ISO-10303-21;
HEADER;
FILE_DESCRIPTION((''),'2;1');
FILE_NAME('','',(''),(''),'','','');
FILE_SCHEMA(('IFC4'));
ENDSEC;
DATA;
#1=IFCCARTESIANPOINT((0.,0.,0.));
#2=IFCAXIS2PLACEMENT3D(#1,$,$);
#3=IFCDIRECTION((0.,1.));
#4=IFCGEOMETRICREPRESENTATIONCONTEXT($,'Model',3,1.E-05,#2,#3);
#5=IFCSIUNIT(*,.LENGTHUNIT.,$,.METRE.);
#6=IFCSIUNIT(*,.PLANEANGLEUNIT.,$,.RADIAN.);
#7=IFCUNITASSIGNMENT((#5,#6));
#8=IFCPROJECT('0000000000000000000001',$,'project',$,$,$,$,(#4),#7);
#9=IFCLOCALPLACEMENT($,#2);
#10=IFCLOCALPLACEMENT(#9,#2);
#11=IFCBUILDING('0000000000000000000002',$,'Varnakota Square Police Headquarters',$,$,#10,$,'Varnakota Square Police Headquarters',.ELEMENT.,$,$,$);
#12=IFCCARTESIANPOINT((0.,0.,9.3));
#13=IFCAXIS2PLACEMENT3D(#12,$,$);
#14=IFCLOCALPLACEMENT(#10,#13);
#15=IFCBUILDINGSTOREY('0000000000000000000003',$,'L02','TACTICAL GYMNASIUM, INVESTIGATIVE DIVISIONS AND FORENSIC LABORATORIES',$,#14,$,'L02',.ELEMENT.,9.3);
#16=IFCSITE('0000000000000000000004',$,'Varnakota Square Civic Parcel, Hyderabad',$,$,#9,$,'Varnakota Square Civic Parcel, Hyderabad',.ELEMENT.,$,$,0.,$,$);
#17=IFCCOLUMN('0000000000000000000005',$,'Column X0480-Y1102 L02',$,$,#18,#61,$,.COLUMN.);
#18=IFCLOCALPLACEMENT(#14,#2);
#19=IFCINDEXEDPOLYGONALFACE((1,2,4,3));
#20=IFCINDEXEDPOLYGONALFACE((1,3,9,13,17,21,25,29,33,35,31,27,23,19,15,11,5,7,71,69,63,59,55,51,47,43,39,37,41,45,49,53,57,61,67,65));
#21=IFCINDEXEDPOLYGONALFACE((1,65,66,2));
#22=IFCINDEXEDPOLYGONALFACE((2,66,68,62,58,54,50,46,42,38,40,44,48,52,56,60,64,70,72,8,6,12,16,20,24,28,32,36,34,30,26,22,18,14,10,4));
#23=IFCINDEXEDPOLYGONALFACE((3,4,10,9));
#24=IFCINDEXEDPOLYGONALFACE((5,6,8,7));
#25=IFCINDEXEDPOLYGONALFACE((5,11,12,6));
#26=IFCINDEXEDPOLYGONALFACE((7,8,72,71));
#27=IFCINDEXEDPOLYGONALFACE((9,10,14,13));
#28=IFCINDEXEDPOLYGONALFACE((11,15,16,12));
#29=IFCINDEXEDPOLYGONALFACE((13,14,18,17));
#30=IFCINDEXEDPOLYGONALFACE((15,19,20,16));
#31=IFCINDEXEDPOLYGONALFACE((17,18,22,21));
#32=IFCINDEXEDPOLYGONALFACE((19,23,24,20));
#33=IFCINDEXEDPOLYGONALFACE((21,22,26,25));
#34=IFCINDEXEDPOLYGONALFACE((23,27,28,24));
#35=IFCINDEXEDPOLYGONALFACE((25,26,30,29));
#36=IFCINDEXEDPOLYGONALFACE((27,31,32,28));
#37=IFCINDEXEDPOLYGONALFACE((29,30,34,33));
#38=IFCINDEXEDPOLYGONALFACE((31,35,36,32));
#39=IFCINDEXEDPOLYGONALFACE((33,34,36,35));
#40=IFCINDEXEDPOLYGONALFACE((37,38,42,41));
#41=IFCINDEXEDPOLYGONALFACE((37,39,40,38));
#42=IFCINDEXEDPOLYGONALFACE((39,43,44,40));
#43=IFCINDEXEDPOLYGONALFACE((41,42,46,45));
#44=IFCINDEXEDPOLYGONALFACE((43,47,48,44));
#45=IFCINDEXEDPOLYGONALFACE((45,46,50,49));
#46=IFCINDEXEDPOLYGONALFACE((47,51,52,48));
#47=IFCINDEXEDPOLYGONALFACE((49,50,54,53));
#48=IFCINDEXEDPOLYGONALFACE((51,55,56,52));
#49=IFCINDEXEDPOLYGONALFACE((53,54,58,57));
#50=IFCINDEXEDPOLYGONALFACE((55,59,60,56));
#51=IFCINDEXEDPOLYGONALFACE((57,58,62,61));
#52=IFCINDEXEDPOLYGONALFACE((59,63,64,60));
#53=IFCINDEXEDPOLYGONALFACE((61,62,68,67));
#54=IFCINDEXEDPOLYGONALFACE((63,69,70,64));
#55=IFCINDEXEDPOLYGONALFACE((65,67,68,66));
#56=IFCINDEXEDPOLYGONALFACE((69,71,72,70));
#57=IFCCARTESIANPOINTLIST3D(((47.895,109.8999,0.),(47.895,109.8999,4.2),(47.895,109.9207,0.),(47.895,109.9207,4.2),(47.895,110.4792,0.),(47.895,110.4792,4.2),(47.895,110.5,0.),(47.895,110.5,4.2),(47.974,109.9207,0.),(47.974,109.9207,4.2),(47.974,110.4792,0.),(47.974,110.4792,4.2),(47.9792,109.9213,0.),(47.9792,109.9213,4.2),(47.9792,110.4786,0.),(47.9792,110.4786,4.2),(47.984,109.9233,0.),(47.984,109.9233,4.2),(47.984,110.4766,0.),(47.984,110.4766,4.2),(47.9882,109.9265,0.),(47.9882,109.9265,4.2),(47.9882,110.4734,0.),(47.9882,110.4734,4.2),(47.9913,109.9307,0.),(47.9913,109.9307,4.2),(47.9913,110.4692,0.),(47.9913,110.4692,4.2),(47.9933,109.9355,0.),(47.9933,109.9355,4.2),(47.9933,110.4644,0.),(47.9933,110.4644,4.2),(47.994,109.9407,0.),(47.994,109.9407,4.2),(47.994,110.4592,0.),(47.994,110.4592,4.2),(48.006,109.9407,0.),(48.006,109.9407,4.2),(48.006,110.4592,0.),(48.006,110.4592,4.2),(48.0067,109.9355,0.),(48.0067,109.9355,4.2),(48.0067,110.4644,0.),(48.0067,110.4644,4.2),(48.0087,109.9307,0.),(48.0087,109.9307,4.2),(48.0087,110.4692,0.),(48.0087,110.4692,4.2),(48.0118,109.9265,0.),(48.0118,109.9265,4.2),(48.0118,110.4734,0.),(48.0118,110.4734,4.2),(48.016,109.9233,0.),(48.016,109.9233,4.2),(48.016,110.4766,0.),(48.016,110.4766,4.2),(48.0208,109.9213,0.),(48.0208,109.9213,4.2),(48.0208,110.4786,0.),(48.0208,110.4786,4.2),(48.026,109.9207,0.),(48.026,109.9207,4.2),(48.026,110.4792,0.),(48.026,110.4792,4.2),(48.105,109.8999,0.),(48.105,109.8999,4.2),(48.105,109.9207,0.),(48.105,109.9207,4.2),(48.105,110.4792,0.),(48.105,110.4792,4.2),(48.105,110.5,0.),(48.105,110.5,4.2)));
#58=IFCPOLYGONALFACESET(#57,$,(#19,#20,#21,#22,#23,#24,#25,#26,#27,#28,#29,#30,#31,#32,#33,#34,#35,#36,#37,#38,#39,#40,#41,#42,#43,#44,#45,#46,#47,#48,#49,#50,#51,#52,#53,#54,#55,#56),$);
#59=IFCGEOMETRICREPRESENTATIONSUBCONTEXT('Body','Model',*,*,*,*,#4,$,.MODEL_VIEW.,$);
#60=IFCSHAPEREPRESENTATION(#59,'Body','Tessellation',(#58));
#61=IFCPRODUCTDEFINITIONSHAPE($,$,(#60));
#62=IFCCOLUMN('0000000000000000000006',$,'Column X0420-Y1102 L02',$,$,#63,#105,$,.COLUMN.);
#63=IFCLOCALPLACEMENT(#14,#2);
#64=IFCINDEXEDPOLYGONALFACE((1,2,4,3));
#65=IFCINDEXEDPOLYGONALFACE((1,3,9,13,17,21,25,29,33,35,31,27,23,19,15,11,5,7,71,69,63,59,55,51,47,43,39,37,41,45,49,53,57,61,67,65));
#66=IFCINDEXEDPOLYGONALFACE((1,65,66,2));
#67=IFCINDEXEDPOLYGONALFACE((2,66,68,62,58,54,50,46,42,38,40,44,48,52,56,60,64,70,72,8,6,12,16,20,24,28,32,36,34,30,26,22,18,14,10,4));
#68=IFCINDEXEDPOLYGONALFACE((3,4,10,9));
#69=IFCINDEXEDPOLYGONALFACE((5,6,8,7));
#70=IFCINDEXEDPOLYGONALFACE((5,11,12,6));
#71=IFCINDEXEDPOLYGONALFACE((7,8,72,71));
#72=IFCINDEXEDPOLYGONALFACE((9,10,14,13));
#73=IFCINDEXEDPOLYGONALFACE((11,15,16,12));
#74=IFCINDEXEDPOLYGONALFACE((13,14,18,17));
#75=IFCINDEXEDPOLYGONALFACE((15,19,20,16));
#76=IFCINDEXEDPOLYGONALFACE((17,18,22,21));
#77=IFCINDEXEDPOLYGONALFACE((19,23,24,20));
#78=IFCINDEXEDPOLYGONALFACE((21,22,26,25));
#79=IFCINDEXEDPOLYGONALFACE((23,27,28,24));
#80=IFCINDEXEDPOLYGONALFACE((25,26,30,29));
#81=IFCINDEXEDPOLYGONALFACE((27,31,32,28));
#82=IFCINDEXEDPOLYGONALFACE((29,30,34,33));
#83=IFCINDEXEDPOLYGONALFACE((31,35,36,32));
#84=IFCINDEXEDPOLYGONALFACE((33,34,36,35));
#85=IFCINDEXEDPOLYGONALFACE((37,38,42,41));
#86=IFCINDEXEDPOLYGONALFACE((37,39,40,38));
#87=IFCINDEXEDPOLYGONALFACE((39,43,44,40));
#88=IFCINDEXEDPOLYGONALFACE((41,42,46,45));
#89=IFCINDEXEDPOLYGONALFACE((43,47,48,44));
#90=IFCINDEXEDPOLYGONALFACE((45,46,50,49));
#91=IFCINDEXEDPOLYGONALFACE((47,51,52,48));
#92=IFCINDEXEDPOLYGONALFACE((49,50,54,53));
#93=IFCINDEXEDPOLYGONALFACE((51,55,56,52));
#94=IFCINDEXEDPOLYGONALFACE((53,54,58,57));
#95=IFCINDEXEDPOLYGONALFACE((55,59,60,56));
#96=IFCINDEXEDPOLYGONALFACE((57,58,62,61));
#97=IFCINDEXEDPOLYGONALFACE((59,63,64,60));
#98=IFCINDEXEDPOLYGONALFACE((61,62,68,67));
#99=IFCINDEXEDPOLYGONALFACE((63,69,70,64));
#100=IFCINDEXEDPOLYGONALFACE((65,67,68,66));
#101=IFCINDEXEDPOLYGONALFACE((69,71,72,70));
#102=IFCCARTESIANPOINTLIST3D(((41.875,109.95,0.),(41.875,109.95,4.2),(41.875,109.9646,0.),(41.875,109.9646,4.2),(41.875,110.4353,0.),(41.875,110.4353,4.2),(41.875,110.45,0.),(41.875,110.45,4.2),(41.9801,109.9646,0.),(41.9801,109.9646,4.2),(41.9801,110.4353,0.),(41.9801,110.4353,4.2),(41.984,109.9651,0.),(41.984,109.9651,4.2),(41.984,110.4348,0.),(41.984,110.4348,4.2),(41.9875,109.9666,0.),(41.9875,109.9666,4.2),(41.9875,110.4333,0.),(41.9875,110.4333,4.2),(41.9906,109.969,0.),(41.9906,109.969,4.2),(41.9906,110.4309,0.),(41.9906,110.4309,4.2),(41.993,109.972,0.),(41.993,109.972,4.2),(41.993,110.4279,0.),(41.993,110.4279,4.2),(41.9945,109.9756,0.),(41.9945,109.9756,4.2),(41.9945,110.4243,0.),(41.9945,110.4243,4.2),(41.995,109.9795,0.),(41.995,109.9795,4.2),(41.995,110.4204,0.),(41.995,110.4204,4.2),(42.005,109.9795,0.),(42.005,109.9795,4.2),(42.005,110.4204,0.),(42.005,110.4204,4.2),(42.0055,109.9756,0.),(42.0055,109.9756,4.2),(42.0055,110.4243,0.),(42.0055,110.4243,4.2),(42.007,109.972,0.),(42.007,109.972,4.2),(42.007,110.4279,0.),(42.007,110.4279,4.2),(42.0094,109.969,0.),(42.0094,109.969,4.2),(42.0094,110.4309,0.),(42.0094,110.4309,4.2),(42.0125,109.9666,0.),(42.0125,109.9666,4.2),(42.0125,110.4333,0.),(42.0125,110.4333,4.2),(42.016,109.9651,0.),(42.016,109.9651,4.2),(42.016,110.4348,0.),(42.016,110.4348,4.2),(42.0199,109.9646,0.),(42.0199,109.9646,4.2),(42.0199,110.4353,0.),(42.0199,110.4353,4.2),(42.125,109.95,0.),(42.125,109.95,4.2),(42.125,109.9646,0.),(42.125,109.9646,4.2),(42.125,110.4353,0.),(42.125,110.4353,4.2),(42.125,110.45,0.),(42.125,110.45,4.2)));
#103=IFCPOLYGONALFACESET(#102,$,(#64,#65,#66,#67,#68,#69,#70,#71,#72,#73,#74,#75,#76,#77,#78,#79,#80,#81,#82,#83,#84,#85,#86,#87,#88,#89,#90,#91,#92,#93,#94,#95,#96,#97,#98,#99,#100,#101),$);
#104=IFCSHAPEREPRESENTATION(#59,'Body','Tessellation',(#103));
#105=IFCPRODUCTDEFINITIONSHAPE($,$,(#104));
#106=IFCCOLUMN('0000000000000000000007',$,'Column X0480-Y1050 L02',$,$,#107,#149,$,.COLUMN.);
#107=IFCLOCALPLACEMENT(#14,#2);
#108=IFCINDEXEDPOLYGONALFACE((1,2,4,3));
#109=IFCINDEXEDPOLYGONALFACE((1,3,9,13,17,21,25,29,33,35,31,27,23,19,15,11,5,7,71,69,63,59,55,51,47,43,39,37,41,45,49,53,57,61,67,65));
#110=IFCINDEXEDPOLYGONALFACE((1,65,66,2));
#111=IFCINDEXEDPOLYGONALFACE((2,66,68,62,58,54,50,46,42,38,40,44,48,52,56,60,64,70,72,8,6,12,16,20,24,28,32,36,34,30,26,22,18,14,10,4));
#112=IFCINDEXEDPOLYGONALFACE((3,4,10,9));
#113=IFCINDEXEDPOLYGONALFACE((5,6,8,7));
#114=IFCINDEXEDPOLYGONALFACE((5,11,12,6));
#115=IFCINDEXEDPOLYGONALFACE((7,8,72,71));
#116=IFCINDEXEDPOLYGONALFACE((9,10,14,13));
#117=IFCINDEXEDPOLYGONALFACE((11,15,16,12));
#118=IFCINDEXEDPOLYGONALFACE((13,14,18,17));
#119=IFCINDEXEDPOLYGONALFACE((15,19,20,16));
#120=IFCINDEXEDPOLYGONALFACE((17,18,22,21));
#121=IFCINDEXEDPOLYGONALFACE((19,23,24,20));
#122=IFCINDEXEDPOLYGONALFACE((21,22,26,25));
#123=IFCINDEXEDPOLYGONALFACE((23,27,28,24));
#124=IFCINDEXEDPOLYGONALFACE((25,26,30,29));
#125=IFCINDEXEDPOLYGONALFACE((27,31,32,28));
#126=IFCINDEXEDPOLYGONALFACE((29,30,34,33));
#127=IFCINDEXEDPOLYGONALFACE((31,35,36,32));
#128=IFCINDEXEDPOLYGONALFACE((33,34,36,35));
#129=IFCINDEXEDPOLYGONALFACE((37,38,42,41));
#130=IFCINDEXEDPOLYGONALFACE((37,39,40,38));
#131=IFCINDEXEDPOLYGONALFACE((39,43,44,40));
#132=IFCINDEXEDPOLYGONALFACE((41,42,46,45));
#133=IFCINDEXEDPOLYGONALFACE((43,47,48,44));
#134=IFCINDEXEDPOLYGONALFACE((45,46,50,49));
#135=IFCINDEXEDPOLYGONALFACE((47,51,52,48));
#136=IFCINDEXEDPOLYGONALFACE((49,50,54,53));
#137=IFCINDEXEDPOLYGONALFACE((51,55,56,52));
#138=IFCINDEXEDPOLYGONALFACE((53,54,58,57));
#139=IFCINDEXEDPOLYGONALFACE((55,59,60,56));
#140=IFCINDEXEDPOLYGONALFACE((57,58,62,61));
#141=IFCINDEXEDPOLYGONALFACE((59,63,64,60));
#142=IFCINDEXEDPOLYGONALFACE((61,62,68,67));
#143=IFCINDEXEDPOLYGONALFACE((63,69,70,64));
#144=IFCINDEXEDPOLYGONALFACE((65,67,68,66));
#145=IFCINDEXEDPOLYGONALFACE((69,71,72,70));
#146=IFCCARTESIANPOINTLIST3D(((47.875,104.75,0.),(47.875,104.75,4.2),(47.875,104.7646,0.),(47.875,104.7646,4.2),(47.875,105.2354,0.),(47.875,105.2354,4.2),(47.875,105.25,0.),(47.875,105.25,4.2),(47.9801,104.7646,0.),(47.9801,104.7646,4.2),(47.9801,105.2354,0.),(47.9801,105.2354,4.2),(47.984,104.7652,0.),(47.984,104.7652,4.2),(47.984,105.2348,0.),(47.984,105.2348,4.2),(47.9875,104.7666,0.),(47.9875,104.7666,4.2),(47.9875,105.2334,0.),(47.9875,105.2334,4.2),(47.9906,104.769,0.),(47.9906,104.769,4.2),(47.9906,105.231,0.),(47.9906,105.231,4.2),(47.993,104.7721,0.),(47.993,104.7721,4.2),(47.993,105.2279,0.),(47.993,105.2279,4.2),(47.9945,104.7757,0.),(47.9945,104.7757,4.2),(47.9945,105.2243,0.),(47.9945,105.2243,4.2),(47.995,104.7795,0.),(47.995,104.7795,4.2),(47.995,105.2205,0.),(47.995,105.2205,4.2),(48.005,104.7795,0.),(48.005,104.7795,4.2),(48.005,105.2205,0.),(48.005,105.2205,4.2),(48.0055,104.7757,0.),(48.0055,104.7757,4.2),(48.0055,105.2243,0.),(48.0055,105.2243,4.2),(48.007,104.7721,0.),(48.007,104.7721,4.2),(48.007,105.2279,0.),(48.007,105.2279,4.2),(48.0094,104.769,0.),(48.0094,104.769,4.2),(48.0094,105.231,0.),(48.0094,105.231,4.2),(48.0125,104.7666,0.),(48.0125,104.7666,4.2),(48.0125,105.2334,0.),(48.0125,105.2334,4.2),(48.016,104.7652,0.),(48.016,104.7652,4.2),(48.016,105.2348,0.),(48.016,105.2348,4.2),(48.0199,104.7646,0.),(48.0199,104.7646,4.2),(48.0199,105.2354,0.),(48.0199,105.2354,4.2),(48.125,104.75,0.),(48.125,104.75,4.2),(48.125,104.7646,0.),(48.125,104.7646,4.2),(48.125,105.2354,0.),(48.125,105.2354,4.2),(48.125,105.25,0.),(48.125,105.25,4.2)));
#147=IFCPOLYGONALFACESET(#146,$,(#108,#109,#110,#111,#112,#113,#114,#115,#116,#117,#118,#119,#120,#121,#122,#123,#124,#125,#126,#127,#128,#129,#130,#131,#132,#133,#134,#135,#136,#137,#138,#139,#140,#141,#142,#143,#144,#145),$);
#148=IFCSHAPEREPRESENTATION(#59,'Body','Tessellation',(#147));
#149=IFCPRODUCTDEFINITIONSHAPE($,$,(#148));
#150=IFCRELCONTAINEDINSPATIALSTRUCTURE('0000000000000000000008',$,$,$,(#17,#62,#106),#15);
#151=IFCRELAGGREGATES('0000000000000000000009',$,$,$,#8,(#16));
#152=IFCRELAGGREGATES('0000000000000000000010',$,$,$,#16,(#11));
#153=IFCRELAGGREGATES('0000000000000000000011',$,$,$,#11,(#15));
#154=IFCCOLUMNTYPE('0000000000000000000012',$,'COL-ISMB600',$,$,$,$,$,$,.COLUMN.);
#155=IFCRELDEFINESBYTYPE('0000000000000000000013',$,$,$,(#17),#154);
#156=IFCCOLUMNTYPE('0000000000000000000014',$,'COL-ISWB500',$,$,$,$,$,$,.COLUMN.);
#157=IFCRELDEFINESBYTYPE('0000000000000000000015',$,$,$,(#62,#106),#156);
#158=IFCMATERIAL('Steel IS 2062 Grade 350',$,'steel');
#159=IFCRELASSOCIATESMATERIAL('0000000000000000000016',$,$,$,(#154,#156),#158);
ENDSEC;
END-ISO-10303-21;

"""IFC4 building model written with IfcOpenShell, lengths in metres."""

from ifc_helpers import new_model, si_unit, direction, frame, origin, origin_2d, place, context, subcontext, project, spatial, i_section, extrude, material, material_profile, profile_set, type_object, element, save


model = new_model("IFC4")

# Units and contexts
model_context = context("Model", 3, precision=1e-05, world=origin(), true_north=direction((0.0, 1.0)))
body_context = subcontext(model_context, "Body", "Model", "MODEL_VIEW")
ifc_project = project(units=[si_unit("LENGTHUNIT", "METRE"), si_unit("PLANEANGLEUNIT", "RADIAN")], contexts=[model_context])

# Site, building, storey
site_placement = place(None, origin())
site = spatial("IfcSite", under=ifc_project, at=site_placement, Name="Varnakota Square Civic Parcel, Hyderabad", LongName="Varnakota Square Civic Parcel, Hyderabad", CompositionType="ELEMENT", RefElevation=0.0)
building_placement = place(site_placement, origin())
building = spatial("IfcBuilding", under=site, at=building_placement, Name="Varnakota Square Police Headquarters", LongName="Varnakota Square Police Headquarters", CompositionType="ELEMENT")
storey_placement = place(building_placement, frame((0.0, 0.0, 9.3)))
storey = spatial("IfcBuildingStorey", under=building, at=storey_placement, Name="L02", Description="TACTICAL GYMNASIUM, INVESTIGATIVE DIVISIONS AND FORENSIC LABORATORIES", LongName="L02", CompositionType="ELEMENT", Elevation=9.3)

# Columns
ifc_material_1 = material(Name="Steel IS 2062 Grade 350", Category="steel")
ifc_material_profile_1 = material_profile(ifc_material_1, i_section(OverallWidth=0.21, OverallDepth=0.6001, WebThickness=0.012, FlangeThickness=0.0208, FilletRadius=0.02, at=origin_2d()), Name="ISMB 600")
ifc_profile_set_1 = profile_set([ifc_material_profile_1], Name="Steel IS 2062 Grade 350")
column_type_1 = type_object("IfcColumnType", Name="COL-ISMB600", PredefinedType="COLUMN", material=ifc_profile_set_1)
column_placement = place(storey_placement, frame((48.0, 110.2, 0.0), z_axis=(0.0, 0.0, 1.0), x_axis=(1.0, 0.0, 0.0)))
element("IfcColumn", 1, at=column_placement, inside=storey, type_object=column_type_1, Name="Column X0480-Y1102 L02", PredefinedType="COLUMN", context=body_context, shape_type="SweptSolid", body=[
    extrude(i_section(OverallWidth=0.21, OverallDepth=0.6001, WebThickness=0.012, FlangeThickness=0.0208, FilletRadius=0.02, at=origin_2d()), origin(), (0.0, 0.0, 1.0), 4.2),
])
ifc_material_profile_2 = material_profile(ifc_material_1, i_section(OverallWidth=0.25, OverallDepth=0.5, WebThickness=0.01, FlangeThickness=0.0146, FilletRadius=0.0149, at=origin_2d()), Name="ISWB 500")
ifc_profile_set_2 = profile_set([ifc_material_profile_2], Name="Steel IS 2062 Grade 350")
column_type_2 = type_object("IfcColumnType", Name="COL-ISWB500", PredefinedType="COLUMN", material=ifc_profile_set_2)
for number, where, z_axis, x_axis, name in (
    (2, (42.0, 110.2, 0.0), (0.0, 0.0, 1.0), (1.0, 0.0, 0.0), "Column X0420-Y1102 L02"),
    (3, (48.0, 105.0, 0.0), (0.0, 0.0, 1.0), (1.0, 0.0, 0.0), "Column X0480-Y1050 L02"),
):
    element("IfcColumn", number, at=place(storey_placement, frame(where, z_axis=z_axis, x_axis=x_axis)), inside=storey, type_object=column_type_2, Name=name, PredefinedType="COLUMN", context=body_context, shape_type="SweptSolid", body=[
        extrude(i_section(OverallWidth=0.25, OverallDepth=0.5, WebThickness=0.01, FlangeThickness=0.0146, FilletRadius=0.0149, at=origin_2d()), origin(), (0.0, 0.0, 1.0), 4.2),
    ])

save(model, "model.ifc")
